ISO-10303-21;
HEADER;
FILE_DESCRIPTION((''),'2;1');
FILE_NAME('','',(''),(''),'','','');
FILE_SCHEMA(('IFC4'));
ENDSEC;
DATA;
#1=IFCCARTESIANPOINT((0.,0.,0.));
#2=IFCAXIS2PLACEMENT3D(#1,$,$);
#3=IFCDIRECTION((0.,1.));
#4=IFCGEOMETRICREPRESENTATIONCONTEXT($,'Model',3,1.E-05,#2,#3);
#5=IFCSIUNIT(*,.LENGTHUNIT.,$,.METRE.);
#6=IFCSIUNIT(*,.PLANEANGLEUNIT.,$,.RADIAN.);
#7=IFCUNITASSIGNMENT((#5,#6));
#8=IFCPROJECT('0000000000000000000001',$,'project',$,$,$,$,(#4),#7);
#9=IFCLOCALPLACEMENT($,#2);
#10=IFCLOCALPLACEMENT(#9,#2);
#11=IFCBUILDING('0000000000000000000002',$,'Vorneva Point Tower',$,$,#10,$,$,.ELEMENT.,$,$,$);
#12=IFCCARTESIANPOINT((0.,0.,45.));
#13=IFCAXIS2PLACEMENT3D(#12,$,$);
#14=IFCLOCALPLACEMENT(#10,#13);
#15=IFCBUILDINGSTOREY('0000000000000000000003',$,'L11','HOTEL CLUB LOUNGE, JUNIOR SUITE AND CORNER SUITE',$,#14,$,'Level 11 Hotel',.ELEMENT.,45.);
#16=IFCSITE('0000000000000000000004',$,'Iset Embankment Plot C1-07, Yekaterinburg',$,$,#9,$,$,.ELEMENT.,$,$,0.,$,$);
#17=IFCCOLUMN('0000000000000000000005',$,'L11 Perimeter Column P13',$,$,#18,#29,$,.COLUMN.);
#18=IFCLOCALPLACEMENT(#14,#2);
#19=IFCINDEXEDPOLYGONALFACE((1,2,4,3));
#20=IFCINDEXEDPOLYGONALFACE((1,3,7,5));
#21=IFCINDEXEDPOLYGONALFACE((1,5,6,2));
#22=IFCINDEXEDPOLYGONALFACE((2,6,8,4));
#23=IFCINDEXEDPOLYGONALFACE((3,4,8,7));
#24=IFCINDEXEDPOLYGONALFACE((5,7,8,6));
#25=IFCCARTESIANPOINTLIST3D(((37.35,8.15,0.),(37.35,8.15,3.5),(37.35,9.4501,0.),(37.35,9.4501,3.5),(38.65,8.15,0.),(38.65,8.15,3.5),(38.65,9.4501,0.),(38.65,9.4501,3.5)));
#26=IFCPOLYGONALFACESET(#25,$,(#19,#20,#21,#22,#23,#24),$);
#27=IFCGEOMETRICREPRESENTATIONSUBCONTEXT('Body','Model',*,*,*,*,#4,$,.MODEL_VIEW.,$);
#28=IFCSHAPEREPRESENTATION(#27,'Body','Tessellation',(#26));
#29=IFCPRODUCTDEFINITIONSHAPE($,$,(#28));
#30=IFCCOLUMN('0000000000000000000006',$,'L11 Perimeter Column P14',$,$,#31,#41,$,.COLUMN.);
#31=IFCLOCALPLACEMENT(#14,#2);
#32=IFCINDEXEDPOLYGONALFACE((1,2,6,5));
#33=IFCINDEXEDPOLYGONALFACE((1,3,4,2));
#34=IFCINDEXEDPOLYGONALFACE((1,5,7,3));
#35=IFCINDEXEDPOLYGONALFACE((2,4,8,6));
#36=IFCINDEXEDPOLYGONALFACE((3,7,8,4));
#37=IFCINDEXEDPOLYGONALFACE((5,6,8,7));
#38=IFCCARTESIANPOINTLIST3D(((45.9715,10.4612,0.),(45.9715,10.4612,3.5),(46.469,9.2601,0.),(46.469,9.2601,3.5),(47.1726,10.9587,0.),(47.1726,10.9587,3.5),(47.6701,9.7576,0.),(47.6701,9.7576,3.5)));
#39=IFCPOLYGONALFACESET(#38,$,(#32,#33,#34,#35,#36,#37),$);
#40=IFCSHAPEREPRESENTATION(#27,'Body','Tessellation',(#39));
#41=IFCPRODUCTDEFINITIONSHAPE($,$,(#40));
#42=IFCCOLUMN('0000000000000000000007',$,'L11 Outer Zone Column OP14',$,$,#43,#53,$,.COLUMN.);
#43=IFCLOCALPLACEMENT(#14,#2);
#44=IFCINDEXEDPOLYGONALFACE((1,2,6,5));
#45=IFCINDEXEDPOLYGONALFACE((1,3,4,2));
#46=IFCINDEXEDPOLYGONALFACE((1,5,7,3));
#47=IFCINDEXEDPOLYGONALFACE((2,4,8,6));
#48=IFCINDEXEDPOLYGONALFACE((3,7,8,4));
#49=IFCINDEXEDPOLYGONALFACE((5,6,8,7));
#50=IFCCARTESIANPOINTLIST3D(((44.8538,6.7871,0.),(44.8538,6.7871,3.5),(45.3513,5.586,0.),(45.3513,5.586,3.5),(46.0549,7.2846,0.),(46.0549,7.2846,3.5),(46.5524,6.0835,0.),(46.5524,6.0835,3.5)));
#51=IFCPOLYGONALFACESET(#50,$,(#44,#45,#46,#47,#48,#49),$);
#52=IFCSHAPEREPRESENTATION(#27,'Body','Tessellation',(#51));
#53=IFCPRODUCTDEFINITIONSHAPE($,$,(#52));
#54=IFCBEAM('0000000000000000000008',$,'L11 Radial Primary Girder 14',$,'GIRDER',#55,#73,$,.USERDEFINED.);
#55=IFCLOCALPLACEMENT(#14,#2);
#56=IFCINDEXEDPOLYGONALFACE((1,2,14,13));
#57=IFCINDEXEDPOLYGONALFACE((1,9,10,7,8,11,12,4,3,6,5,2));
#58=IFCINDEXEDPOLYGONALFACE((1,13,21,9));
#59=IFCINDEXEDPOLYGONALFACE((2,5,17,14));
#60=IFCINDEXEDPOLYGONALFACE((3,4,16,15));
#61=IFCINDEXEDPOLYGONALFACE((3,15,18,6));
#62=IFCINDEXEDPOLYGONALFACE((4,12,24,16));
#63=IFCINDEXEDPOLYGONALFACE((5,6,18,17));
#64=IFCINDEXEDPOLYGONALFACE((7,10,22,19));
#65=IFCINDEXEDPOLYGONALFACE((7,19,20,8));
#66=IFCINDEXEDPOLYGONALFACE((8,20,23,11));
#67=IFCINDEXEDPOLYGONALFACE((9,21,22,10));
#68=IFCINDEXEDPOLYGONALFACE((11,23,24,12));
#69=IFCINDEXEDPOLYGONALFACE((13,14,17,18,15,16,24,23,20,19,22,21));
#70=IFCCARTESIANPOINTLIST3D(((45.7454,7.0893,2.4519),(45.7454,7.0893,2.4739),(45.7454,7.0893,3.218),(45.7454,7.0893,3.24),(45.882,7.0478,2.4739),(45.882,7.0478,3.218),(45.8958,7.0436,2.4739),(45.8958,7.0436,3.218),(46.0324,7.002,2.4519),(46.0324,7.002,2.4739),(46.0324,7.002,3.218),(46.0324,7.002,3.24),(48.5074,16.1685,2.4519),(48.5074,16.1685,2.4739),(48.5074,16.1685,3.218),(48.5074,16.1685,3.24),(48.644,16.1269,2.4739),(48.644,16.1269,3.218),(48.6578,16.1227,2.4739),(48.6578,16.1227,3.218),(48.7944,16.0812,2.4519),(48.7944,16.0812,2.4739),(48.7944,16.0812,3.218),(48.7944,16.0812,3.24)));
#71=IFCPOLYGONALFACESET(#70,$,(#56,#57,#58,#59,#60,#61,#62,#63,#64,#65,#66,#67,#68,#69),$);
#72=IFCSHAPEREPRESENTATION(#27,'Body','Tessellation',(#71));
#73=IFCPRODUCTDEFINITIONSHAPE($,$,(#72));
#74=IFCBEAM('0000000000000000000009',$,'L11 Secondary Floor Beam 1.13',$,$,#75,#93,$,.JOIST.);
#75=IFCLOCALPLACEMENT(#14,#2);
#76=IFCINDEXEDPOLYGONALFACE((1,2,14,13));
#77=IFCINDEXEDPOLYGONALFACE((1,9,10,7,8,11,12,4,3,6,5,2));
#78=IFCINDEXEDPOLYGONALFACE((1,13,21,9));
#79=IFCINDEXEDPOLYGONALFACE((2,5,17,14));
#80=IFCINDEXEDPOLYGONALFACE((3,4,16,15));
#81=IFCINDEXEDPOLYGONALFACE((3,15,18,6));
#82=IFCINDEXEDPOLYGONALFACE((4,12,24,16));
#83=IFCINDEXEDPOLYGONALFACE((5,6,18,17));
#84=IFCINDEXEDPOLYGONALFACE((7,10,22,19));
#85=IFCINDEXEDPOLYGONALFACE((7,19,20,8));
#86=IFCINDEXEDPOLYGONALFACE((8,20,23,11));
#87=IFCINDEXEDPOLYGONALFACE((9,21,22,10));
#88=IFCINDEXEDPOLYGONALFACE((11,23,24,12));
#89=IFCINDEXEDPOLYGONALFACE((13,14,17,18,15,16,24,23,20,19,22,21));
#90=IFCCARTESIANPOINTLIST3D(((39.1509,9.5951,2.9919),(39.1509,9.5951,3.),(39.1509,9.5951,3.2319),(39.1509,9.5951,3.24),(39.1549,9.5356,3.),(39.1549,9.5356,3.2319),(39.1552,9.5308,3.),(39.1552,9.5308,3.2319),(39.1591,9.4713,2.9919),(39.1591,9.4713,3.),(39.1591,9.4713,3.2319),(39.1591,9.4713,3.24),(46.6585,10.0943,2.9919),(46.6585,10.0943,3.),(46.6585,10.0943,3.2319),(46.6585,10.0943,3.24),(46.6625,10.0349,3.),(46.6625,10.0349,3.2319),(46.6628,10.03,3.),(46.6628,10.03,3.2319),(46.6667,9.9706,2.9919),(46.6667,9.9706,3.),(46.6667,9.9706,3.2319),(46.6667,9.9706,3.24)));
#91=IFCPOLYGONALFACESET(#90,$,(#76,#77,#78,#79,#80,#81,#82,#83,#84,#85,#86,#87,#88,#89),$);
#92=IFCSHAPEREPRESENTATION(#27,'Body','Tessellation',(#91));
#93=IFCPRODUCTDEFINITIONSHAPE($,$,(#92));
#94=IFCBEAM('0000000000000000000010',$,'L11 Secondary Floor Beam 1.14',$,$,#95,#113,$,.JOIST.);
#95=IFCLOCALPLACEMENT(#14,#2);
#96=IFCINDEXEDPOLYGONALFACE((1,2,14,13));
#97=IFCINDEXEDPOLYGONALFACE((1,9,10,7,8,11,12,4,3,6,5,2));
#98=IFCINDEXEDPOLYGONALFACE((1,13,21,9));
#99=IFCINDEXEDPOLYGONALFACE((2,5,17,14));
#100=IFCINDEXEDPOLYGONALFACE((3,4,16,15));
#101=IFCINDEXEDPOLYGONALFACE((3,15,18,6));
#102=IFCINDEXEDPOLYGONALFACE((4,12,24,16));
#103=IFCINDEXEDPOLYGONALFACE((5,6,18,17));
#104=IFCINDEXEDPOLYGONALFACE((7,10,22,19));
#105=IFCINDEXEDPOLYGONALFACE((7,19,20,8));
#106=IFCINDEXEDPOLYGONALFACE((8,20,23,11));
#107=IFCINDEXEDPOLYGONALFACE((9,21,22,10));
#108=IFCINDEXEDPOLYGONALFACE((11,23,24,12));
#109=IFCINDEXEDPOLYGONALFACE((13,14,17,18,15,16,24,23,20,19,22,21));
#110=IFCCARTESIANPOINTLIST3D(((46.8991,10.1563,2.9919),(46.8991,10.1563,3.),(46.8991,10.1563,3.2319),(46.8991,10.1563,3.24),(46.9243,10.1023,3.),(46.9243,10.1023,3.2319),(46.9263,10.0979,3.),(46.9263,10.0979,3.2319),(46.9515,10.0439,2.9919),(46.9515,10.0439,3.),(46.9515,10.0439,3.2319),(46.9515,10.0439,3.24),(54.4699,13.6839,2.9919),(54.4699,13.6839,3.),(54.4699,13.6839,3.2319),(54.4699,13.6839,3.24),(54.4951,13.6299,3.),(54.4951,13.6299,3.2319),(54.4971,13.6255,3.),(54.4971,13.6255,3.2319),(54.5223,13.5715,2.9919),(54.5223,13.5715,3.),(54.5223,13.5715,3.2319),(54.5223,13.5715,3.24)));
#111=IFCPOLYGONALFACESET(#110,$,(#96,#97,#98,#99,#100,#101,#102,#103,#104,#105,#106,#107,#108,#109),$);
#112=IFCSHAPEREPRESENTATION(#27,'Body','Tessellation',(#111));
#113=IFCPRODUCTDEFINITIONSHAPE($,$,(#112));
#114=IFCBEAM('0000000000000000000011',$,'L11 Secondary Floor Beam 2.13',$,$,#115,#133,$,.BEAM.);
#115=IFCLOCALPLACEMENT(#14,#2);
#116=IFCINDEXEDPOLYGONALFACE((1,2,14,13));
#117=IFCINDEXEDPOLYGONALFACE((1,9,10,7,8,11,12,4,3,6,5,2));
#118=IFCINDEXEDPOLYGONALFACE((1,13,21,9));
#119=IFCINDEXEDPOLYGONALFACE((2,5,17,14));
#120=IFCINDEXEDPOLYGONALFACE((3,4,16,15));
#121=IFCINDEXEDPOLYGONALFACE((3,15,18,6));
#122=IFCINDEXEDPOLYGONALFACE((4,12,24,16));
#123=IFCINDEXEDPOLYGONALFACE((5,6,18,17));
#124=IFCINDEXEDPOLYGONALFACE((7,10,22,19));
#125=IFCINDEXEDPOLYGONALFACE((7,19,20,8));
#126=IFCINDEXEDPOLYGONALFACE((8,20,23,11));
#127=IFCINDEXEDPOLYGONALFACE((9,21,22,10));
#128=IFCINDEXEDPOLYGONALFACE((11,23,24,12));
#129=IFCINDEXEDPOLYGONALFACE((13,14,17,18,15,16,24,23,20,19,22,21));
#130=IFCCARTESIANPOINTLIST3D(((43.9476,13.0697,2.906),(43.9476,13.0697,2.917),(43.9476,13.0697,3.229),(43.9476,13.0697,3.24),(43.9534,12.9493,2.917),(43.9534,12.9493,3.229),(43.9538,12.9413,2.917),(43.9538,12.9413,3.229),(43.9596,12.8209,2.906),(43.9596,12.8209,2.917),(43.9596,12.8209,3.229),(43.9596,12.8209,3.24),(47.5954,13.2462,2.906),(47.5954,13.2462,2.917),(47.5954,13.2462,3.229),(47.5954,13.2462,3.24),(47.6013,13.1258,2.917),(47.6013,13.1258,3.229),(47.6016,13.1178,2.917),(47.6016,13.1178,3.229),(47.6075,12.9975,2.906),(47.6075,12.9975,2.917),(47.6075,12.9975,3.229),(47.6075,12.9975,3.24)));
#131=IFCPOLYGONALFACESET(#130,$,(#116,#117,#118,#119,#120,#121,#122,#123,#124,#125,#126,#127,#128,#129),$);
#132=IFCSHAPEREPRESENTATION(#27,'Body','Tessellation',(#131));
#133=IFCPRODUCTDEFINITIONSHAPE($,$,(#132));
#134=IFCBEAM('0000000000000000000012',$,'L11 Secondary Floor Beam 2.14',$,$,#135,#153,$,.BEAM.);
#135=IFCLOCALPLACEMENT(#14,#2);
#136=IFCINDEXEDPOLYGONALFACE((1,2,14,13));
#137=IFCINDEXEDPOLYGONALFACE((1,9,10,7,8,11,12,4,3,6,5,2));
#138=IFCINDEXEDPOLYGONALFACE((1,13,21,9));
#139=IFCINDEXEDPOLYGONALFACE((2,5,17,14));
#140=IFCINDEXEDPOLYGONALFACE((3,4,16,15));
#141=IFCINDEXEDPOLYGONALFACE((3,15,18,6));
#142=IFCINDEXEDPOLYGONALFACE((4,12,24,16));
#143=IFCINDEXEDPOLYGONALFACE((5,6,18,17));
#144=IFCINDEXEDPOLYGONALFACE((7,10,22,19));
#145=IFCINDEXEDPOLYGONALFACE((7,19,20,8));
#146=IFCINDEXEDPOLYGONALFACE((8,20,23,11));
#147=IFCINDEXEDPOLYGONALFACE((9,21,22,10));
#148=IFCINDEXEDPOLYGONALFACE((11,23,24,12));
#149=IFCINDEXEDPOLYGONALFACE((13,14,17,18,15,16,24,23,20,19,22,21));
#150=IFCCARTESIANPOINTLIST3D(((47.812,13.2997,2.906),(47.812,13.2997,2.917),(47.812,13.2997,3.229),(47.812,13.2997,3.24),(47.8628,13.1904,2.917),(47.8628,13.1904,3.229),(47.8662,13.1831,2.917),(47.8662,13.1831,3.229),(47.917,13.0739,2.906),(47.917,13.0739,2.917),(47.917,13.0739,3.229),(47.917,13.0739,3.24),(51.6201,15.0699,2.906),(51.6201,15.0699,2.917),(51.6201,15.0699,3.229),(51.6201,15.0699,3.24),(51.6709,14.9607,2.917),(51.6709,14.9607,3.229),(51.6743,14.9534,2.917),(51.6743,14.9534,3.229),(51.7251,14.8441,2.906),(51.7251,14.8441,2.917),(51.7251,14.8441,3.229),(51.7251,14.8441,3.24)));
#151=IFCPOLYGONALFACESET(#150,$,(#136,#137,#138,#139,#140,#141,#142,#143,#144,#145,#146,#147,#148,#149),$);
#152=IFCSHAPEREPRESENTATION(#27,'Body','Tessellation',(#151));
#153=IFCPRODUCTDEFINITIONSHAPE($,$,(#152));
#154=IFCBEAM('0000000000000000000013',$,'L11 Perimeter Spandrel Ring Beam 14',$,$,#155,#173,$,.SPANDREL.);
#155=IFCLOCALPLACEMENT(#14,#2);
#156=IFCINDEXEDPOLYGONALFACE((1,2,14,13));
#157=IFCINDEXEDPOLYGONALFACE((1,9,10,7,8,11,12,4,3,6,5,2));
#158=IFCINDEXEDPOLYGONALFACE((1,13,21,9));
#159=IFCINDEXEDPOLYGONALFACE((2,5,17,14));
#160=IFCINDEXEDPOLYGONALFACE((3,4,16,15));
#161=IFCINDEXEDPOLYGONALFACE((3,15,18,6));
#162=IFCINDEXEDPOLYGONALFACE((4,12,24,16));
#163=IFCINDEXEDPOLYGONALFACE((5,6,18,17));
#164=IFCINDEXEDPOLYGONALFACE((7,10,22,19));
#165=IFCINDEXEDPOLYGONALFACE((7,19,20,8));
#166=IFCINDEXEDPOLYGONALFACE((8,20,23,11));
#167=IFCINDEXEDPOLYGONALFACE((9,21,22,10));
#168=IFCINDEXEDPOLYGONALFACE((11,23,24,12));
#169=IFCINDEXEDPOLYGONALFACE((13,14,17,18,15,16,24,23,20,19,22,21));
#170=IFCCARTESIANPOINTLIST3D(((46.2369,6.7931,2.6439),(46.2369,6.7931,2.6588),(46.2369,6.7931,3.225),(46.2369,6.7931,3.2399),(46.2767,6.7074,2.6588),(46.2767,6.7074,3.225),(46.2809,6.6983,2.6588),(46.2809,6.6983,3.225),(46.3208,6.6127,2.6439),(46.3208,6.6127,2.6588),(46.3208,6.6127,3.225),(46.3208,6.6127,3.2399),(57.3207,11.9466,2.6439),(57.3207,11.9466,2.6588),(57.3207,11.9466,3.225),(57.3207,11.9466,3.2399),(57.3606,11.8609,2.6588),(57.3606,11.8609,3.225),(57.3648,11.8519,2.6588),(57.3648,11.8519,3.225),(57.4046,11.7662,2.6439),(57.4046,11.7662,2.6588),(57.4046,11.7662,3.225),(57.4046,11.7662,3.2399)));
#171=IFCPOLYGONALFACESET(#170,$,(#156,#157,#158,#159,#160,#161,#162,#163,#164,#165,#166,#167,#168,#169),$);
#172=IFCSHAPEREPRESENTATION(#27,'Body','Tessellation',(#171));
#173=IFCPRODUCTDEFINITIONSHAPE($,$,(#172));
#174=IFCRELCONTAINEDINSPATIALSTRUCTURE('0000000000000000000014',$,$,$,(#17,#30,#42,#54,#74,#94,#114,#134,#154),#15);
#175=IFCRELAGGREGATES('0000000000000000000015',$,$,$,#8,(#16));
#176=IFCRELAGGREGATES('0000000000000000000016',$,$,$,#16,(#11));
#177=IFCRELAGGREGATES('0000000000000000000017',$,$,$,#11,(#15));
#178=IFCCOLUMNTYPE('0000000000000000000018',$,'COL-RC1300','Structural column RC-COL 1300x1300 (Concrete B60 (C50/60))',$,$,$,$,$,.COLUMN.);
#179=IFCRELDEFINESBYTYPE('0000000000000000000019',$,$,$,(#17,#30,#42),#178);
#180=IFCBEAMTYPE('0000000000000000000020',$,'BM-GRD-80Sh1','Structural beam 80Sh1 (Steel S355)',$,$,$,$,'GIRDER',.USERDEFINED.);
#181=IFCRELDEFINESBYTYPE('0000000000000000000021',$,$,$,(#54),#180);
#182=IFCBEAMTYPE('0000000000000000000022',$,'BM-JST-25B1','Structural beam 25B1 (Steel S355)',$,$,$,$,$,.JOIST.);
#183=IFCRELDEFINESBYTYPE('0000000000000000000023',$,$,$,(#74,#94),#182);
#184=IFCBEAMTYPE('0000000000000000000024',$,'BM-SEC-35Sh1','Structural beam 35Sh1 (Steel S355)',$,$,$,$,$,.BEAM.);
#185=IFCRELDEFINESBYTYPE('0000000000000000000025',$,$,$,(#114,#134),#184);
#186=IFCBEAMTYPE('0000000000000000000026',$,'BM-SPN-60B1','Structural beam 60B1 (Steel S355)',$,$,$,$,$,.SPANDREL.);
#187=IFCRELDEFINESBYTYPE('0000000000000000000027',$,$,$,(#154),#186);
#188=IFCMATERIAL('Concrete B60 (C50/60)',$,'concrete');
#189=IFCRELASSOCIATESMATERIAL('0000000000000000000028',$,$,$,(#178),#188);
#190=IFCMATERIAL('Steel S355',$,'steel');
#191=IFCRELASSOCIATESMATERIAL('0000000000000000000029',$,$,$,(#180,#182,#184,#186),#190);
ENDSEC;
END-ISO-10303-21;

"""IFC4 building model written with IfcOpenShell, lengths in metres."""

from ifc_helpers import new_model, si_unit, direction, frame, origin, origin_2d, place, context, subcontext, project, spatial, rectangle, i_section, extrude, material, material_profile, profile_set, type_object, element, save


model = new_model("IFC4")

# Units and contexts
model_context = context("Model", 3, precision=1e-05, world=origin(), true_north=direction((0.0, 1.0)))
body_context = subcontext(model_context, "Body", "Model", "MODEL_VIEW")
ifc_project = project(units=[si_unit("LENGTHUNIT", "METRE"), si_unit("PLANEANGLEUNIT", "RADIAN")], contexts=[model_context])

# Site, building, storey
site_placement = place(None, origin())
site = spatial("IfcSite", under=ifc_project, at=site_placement, Name="Iset Embankment Plot C1-07, Yekaterinburg", CompositionType="ELEMENT", RefElevation=0.0)
building_placement = place(site_placement, origin())
building = spatial("IfcBuilding", under=site, at=building_placement, Name="Vorneva Point Tower", CompositionType="ELEMENT")
storey_placement = place(building_placement, frame((0.0, 0.0, 45.0)))
storey = spatial("IfcBuildingStorey", under=building, at=storey_placement, Name="L11", Description="HOTEL CLUB LOUNGE, JUNIOR SUITE AND CORNER SUITE", LongName="Level 11 Hotel", CompositionType="ELEMENT", Elevation=45.0)

# Columns
ifc_material_1 = material(Name="Concrete B60 (C50/60)", Category="concrete")
ifc_material_profile_1 = material_profile(ifc_material_1, rectangle(XDim=1.3, YDim=1.3, at=origin_2d()), Name="RC-COL 1300x1300")
ifc_profile_set_1 = profile_set([ifc_material_profile_1], Name="Concrete B60 (C50/60)")
column_type = type_object("IfcColumnType", Name="COL-RC1300", Description="Structural column RC-COL 1300x1300 (Concrete B60 (C50/60))", PredefinedType="COLUMN", material=ifc_profile_set_1)
for number, where, z_axis, x_axis, name in (
    (1, (38.0, 8.8, 0.0), (0.0, 0.0, 1.0), (0.0, -1.0, 0.0), "L11 Perimeter Column P13"),
    (2, (46.8208, 10.1094, 0.0), (0.0, 0.0, 1.0), (0.382683, -0.92388, 0.0), "L11 Perimeter Column P14"),
    (3, (45.7031, 6.4353, 0.0), (0.0, 0.0, 1.0), (0.382683, -0.92388, 0.0), "L11 Outer Zone Column OP14"),
):
    element("IfcColumn", number, at=place(storey_placement, frame(where, z_axis=z_axis, x_axis=x_axis)), inside=storey, type_object=column_type, Name=name, PredefinedType="COLUMN", context=body_context, shape_type="SweptSolid", body=[
        extrude(rectangle(XDim=1.3, YDim=1.3, at=origin_2d()), origin(), (0.0, 0.0, 1.0), 3.5),
    ])

# Beams
ifc_material_2 = material(Name="Steel S355", Category="steel")
ifc_material_profile_2 = material_profile(ifc_material_2, i_section(OverallWidth=0.3, OverallDepth=0.7881, WebThickness=0.0144, FlangeThickness=0.022, at=origin_2d()), Name="80Sh1")
ifc_profile_set_2 = profile_set([ifc_material_profile_2], Name="Steel S355")
beam_type_1 = type_object("IfcBeamType", Name="BM-GRD-80Sh1", Description="Structural beam 80Sh1 (Steel S355)", ElementType="GIRDER", PredefinedType="USERDEFINED", material=ifc_profile_set_2)
beam_1_placement = place(storey_placement, frame((45.8889, 7.0457, 2.8459), z_axis=(0.291042, 0.95671, 0.0), x_axis=(-0.95671, 0.291042, 0.0)))
element("IfcBeam", 4, at=beam_1_placement, inside=storey, type_object=beam_type_1, Name="L11 Radial Primary Girder 14", ObjectType="GIRDER", PredefinedType="USERDEFINED", context=body_context, shape_type="SweptSolid", body=[
    extrude(i_section(OverallWidth=0.3, OverallDepth=0.7881, WebThickness=0.0144, FlangeThickness=0.022, at=origin_2d()), origin(), (0.0, 0.0, 1.0), 9.49),
])
ifc_material_profile_3 = material_profile(ifc_material_2, i_section(OverallWidth=0.124, OverallDepth=0.248, WebThickness=0.0049, FlangeThickness=0.0081, at=origin_2d()), Name="25B1")
ifc_profile_set_3 = profile_set([ifc_material_profile_3], Name="Steel S355")
beam_type_2 = type_object("IfcBeamType", Name="BM-JST-25B1", Description="Structural beam 25B1 (Steel S355)", PredefinedType="JOIST", material=ifc_profile_set_3)
beam_2_placement = place(storey_placement, frame((39.155, 9.5332, 3.116), z_axis=(0.997796, 0.066355, 0.0), x_axis=(-0.066355, 0.997796, 0.0)))
element("IfcBeam", 5, at=beam_2_placement, inside=storey, type_object=beam_type_2, Name="L11 Secondary Floor Beam 1.13", PredefinedType="JOIST", context=body_context, shape_type="SweptSolid", body=[
    extrude(i_section(OverallWidth=0.124, OverallDepth=0.248, WebThickness=0.0049, FlangeThickness=0.0081, at=origin_2d()), origin(), (0.0, 0.0, 1.0), 7.5242),
])
beam_3_placement = place(storey_placement, frame((46.9253, 10.1001, 3.116), z_axis=(0.906433, 0.422349, 0.0), x_axis=(-0.422349, 0.906433, 0.0)))
element("IfcBeam", 6, at=beam_3_placement, inside=storey, type_object=beam_type_2, Name="L11 Secondary Floor Beam 1.14", PredefinedType="JOIST", context=body_context, shape_type="SweptSolid", body=[
    extrude(i_section(OverallWidth=0.124, OverallDepth=0.248, WebThickness=0.0049, FlangeThickness=0.0081, at=origin_2d()), origin(), (0.0, 0.0, 1.0), 8.3523),
])
ifc_material_profile_4 = material_profile(ifc_material_2, i_section(OverallWidth=0.249, OverallDepth=0.334, WebThickness=0.0081, FlangeThickness=0.011, at=origin_2d()), Name="35Sh1")
ifc_profile_set_4 = profile_set([ifc_material_profile_4], Name="Steel S355")
beam_type_3 = type_object("IfcBeamType", Name="BM-SEC-35Sh1", Description="Structural beam 35Sh1 (Steel S355)", PredefinedType="BEAM", material=ifc_profile_set_4)
beam_4_placement = place(storey_placement, frame((43.9536, 12.9453, 3.073), z_axis=(0.998831, 0.048331, 0.0), x_axis=(-0.048331, 0.998831, 0.0)))
element("IfcBeam", 7, at=beam_4_placement, inside=storey, type_object=beam_type_3, Name="L11 Secondary Floor Beam 2.13", PredefinedType="BEAM", context=body_context, shape_type="SweptSolid", body=[
    extrude(i_section(OverallWidth=0.249, OverallDepth=0.334, WebThickness=0.0081, FlangeThickness=0.011, at=origin_2d()), origin(), (0.0, 0.0, 1.0), 3.6521),
])
beam_5_placement = place(storey_placement, frame((47.8645, 13.1868, 3.073), z_axis=(0.906807, 0.421545, 0.0), x_axis=(-0.421545, 0.906807, 0.0)))
element("IfcBeam", 8, at=beam_5_placement, inside=storey, type_object=beam_type_3, Name="L11 Secondary Floor Beam 2.14", PredefinedType="BEAM", context=body_context, shape_type="SweptSolid", body=[
    extrude(i_section(OverallWidth=0.249, OverallDepth=0.334, WebThickness=0.0081, FlangeThickness=0.011, at=origin_2d()), origin(), (0.0, 0.0, 1.0), 4.1995),
])
ifc_material_profile_5 = material_profile(ifc_material_2, i_section(OverallWidth=0.199, OverallDepth=0.5959, WebThickness=0.01, FlangeThickness=0.0149, at=origin_2d()), Name="60B1")
ifc_profile_set_5 = profile_set([ifc_material_profile_5], Name="Steel S355")
beam_type_4 = type_object("IfcBeamType", Name="BM-SPN-60B1", Description="Structural beam 60B1 (Steel S355)", PredefinedType="SPANDREL", material=ifc_profile_set_5)
beam_6_placement = place(storey_placement, frame((46.2788, 6.7029, 2.9419), z_axis=(0.906777, 0.421611, 0.0), x_axis=(-0.421611, 0.906777, 0.0)))
element("IfcBeam", 9, at=beam_6_placement, inside=storey, type_object=beam_type_4, Name="L11 Perimeter Spandrel Ring Beam 14", PredefinedType="SPANDREL", context=body_context, shape_type="SweptSolid", body=[
    extrude(i_section(OverallWidth=0.199, OverallDepth=0.5959, WebThickness=0.01, FlangeThickness=0.0149, at=origin_2d()), origin(), (0.0, 0.0, 1.0), 12.2234),
])

save(model, "model.ifc")
